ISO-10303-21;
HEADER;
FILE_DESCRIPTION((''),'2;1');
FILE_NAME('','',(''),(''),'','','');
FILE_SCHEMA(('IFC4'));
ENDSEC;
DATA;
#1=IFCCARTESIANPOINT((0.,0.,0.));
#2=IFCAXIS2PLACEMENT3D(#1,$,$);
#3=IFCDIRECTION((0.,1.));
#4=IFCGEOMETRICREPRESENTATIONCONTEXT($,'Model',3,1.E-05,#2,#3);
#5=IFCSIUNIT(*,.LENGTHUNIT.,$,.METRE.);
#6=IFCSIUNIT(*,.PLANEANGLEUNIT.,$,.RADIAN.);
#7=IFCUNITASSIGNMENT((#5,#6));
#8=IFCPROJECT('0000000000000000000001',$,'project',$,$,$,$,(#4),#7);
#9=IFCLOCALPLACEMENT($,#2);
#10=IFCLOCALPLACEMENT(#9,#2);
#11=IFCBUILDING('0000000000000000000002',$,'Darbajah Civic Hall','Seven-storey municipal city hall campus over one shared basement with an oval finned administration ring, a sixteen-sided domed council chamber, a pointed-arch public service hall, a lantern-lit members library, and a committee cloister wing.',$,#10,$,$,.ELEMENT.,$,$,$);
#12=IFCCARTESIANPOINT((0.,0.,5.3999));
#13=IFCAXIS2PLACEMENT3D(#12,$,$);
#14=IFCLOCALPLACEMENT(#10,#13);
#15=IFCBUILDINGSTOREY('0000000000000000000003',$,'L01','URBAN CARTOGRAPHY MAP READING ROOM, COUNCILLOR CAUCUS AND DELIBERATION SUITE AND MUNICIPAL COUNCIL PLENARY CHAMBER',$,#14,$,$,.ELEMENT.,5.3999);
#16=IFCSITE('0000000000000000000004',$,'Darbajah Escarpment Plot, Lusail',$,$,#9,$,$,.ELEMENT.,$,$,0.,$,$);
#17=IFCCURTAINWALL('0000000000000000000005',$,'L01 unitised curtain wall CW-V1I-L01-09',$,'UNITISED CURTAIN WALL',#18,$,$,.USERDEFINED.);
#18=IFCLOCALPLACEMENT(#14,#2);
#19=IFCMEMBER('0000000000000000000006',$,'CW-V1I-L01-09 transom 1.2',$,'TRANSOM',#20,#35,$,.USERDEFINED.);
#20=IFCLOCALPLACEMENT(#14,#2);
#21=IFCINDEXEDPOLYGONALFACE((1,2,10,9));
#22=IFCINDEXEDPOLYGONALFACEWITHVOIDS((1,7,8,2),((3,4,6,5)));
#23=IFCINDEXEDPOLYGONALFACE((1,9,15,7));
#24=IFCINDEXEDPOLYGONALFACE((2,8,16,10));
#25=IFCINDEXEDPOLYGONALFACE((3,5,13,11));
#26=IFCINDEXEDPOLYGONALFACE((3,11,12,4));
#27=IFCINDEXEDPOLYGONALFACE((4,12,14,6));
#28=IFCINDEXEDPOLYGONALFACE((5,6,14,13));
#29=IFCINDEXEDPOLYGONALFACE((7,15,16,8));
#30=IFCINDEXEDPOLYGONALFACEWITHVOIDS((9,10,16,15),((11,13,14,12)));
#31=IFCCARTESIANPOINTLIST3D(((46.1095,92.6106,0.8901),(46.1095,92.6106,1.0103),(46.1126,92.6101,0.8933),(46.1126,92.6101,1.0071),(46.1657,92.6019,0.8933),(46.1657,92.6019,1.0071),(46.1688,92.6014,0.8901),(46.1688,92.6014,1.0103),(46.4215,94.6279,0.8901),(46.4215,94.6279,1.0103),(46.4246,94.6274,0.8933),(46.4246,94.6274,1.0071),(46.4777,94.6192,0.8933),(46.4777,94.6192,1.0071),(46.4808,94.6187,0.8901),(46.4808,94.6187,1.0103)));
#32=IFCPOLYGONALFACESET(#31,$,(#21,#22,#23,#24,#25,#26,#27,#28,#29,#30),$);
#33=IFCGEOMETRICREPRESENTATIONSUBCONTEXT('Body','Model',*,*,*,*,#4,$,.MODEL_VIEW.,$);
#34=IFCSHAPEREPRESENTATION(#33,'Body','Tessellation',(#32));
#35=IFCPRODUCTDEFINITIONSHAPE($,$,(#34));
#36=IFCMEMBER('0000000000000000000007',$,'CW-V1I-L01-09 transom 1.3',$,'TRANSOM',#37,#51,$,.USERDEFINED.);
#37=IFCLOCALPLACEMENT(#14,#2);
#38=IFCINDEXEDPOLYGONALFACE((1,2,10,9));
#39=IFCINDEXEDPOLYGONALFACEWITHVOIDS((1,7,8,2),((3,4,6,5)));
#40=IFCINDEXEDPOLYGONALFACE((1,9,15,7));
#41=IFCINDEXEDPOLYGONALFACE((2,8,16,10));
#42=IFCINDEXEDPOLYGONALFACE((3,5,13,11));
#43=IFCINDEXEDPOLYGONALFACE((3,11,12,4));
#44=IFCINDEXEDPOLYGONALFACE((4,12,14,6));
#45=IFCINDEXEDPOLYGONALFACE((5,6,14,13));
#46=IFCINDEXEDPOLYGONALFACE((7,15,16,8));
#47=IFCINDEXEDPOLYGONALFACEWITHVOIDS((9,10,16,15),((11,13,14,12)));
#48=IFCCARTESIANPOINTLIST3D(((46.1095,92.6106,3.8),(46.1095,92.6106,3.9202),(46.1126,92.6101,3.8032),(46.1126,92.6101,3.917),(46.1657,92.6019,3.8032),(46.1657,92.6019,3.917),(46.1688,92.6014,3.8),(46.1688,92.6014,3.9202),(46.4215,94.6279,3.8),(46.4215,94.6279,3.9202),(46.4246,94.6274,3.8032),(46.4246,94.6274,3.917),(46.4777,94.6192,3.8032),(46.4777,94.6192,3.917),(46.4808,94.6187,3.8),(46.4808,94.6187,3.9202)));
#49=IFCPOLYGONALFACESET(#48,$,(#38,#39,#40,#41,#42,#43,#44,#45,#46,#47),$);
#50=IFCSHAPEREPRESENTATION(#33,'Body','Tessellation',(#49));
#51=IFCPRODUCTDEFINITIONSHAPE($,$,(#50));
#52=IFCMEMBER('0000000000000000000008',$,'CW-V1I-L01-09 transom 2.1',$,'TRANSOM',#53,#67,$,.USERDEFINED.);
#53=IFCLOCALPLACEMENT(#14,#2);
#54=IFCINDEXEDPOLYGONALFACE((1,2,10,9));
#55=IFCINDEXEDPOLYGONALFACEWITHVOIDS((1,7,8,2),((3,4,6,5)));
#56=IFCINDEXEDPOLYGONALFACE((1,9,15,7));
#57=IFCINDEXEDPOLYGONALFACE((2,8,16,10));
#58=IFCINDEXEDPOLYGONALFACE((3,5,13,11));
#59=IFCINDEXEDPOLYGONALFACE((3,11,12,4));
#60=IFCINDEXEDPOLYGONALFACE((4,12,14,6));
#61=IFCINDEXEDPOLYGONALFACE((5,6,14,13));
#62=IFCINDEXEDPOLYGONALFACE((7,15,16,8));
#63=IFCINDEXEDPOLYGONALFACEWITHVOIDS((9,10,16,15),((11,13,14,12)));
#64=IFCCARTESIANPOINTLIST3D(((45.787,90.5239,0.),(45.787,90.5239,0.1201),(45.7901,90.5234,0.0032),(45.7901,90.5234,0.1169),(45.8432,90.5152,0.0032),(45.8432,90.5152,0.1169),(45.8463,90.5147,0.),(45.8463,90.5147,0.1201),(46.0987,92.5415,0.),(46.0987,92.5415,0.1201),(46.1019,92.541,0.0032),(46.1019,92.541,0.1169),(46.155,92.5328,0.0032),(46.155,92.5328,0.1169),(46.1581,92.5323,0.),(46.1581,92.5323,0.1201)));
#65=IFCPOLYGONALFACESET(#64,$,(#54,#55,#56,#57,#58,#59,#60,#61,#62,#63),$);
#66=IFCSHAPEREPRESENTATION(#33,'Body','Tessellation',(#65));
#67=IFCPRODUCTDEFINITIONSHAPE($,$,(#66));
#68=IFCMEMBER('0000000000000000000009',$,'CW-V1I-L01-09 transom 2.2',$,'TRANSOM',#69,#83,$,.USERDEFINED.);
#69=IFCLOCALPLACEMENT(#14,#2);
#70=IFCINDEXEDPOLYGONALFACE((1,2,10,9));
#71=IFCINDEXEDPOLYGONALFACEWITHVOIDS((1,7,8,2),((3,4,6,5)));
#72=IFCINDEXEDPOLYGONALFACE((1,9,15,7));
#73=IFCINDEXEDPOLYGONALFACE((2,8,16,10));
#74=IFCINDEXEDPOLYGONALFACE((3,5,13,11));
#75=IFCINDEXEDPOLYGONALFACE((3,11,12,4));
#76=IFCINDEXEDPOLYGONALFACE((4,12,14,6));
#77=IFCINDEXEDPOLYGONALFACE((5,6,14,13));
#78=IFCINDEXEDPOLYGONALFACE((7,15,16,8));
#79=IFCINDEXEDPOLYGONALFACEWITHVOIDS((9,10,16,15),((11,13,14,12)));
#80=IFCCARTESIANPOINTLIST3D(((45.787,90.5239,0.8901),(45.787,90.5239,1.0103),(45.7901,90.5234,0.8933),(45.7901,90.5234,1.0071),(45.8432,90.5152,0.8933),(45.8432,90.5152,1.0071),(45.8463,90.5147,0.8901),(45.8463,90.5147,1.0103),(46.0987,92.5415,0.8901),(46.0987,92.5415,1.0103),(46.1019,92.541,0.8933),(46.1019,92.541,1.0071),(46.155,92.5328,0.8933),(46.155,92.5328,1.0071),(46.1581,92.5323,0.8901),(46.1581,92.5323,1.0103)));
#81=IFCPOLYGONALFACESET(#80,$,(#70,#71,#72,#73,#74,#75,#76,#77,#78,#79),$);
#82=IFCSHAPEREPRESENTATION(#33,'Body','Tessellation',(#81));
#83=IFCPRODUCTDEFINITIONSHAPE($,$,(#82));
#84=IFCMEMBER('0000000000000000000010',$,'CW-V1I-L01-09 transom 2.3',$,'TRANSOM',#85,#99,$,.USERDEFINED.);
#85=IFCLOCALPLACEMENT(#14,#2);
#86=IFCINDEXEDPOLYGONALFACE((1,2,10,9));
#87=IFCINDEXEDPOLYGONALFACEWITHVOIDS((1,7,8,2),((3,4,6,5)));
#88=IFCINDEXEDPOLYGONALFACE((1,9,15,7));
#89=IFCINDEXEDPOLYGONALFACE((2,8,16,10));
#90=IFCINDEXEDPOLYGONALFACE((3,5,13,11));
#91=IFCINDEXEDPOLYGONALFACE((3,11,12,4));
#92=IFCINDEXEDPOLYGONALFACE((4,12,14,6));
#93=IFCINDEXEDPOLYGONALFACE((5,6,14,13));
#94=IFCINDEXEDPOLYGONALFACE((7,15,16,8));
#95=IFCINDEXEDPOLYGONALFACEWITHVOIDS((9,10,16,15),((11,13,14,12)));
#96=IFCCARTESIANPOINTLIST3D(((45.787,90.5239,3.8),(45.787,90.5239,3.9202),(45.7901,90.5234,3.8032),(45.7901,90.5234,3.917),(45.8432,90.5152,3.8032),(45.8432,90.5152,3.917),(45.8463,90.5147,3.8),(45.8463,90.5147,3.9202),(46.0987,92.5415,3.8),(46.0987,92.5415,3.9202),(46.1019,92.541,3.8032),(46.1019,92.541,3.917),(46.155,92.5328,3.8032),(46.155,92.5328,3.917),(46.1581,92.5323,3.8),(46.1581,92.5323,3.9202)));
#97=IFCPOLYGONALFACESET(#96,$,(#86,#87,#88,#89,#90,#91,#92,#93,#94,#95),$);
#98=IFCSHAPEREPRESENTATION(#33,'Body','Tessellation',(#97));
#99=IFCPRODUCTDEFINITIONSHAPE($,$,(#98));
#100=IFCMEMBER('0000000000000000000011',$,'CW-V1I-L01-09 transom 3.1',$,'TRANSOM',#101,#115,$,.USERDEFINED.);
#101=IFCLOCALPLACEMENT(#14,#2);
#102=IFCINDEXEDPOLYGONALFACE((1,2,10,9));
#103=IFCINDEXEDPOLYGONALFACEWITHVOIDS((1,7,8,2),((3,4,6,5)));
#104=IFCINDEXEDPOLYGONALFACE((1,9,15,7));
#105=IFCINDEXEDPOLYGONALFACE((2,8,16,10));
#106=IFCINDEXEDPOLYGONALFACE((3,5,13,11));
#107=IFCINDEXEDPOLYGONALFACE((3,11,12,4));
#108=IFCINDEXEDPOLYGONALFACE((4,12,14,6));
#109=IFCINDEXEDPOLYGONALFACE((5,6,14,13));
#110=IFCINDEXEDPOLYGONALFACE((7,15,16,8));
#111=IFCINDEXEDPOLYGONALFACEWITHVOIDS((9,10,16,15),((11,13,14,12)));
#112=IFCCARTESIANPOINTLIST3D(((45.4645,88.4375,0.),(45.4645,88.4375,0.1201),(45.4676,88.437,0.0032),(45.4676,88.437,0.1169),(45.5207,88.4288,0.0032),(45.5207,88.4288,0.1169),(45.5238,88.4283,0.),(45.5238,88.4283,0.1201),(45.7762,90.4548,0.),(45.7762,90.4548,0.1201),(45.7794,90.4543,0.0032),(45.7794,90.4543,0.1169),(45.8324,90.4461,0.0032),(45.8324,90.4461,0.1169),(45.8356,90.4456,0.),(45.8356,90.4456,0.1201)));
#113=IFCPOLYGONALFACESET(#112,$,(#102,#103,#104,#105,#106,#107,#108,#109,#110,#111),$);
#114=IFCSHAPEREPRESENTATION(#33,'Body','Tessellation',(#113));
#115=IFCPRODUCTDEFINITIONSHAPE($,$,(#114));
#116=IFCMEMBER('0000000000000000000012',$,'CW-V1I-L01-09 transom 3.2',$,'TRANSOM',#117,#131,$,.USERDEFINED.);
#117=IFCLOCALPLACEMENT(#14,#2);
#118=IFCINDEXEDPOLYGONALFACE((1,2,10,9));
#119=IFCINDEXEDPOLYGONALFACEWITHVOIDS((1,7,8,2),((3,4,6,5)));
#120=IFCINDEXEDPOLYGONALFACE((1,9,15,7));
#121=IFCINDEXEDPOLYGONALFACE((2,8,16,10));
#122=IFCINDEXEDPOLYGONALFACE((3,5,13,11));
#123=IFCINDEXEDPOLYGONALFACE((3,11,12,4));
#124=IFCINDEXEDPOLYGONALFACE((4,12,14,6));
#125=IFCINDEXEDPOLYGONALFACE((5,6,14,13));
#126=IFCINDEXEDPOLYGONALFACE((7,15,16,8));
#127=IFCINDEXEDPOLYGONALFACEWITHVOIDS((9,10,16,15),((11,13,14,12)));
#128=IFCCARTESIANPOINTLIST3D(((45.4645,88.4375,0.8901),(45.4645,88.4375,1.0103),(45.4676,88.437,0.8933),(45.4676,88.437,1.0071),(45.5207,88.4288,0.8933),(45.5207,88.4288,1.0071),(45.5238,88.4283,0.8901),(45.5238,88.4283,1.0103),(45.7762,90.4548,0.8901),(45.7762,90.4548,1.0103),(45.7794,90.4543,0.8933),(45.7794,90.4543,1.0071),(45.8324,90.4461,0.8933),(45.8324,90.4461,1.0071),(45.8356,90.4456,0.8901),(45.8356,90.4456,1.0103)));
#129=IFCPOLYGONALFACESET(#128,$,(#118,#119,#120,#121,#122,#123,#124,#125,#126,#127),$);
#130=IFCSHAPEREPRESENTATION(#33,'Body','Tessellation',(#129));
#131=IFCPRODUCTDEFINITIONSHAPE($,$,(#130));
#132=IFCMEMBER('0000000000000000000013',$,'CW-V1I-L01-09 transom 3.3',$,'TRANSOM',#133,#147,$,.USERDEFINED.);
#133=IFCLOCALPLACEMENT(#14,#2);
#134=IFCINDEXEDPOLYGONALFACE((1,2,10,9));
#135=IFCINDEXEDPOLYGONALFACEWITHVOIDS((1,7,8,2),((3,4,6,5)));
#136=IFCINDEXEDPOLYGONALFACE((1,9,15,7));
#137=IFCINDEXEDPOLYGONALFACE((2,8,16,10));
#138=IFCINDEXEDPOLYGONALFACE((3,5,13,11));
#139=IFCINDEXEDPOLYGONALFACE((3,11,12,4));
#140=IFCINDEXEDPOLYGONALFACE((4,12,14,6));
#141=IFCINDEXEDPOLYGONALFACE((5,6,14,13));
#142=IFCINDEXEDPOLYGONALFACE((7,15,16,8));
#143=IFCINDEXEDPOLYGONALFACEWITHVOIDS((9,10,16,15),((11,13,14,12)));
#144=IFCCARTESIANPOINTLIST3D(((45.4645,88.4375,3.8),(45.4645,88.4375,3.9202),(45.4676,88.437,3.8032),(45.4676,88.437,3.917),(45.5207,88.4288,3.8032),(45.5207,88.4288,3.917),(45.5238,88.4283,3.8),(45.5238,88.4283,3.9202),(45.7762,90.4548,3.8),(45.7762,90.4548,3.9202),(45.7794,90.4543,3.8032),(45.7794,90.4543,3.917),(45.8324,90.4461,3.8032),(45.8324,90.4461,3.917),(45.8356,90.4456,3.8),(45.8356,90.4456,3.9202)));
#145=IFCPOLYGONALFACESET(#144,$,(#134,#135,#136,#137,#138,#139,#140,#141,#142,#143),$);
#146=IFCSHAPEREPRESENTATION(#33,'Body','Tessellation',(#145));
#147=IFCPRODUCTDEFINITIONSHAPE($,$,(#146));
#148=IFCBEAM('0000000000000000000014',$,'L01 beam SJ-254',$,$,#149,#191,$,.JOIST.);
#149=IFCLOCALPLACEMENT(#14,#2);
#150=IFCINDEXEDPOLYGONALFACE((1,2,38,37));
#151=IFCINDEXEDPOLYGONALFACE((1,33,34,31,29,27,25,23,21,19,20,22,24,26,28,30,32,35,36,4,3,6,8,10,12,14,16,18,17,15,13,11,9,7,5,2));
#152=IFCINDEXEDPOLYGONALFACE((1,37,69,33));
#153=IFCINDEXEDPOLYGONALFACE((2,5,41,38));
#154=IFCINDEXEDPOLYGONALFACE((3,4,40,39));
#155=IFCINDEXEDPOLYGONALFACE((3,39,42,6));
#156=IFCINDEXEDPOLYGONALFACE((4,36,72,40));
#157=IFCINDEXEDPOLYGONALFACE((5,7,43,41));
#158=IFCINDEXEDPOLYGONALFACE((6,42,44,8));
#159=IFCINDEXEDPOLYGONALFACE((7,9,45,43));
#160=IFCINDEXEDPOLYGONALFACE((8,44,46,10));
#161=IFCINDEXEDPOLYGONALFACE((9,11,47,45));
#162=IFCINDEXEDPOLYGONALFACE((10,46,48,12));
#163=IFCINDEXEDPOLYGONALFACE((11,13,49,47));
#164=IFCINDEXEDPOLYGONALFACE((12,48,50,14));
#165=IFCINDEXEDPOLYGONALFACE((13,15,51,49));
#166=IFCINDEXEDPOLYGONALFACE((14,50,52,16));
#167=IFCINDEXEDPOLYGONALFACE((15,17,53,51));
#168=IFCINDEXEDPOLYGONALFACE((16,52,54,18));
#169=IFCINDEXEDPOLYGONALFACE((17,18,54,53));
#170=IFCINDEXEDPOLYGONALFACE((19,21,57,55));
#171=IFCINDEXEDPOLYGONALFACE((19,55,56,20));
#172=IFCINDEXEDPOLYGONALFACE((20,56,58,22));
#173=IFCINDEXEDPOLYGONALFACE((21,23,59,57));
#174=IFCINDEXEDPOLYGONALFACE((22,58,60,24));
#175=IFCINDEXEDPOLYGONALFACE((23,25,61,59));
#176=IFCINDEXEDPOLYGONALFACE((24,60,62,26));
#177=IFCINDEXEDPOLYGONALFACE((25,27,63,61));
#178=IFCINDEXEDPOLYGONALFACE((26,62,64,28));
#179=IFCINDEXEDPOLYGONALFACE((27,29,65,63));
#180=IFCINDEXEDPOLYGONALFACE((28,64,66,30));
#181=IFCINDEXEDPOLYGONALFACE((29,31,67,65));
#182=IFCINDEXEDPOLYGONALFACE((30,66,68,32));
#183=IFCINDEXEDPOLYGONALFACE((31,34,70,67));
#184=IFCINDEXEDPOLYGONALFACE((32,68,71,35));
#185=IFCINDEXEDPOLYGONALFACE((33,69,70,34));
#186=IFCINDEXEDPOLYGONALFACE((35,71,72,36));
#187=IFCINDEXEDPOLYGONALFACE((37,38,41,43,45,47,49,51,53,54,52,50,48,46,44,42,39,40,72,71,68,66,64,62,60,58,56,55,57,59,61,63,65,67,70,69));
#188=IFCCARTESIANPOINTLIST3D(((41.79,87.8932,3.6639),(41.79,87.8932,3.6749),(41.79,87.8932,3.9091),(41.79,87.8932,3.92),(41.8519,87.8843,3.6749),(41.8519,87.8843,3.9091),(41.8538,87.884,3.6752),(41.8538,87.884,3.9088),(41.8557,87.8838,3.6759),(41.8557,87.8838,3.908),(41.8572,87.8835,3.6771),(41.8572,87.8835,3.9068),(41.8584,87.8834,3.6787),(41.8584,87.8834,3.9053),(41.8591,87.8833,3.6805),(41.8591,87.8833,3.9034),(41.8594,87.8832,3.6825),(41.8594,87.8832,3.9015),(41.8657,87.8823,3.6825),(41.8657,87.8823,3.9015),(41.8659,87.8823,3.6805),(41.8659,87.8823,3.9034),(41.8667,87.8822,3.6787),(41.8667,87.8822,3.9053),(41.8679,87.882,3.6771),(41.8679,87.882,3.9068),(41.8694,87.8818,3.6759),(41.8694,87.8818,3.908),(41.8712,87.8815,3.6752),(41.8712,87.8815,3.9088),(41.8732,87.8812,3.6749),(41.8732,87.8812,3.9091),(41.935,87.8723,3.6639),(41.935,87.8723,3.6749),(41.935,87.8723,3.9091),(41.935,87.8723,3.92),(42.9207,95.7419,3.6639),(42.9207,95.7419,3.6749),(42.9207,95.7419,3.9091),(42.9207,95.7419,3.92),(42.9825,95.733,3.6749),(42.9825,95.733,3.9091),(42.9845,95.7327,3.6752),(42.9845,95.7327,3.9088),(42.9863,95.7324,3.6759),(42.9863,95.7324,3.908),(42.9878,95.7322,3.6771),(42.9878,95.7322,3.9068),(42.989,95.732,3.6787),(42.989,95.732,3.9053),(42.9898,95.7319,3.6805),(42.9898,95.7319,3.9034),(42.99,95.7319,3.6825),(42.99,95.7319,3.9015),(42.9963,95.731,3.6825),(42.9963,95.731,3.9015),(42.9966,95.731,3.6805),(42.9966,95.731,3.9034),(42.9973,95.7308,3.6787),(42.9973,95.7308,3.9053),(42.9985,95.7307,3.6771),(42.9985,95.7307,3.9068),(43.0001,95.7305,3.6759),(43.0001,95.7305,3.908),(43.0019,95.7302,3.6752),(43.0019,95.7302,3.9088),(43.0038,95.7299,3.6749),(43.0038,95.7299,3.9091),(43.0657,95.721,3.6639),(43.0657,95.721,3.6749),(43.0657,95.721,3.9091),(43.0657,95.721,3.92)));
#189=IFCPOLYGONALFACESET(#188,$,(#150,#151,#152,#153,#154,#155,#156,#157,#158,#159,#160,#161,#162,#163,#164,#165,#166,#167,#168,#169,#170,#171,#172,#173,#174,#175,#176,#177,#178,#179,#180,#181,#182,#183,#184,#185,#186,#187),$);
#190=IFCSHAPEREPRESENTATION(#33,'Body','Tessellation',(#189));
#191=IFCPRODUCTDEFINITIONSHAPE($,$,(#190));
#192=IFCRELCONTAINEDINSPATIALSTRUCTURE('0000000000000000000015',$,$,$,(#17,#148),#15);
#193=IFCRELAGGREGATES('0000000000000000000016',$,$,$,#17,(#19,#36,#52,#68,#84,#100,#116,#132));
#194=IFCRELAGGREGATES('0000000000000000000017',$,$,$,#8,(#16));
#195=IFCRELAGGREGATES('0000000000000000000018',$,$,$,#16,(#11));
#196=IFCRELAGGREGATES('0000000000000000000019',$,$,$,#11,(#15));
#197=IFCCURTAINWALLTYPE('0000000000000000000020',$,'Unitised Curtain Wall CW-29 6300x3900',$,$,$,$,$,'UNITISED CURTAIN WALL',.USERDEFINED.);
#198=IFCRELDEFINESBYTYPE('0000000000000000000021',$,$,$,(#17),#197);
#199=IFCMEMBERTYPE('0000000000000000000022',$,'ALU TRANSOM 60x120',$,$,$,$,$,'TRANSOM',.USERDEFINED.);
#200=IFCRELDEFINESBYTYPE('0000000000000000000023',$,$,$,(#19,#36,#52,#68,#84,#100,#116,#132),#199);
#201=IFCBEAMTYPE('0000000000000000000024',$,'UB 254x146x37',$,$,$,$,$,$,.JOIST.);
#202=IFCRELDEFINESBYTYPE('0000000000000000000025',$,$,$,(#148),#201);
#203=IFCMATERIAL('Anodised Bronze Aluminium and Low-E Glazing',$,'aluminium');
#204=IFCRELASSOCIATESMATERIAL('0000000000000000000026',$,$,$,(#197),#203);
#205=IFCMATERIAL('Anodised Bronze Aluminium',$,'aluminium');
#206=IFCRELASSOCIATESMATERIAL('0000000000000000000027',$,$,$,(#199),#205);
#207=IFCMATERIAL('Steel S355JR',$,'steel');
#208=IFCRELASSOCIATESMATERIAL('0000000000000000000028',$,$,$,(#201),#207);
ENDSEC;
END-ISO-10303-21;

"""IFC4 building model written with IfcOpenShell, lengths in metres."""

from ifc_helpers import new_model, si_unit, direction, frame, origin, origin_2d, place, context, subcontext, project, spatial, hollow_rectangle, i_section, extrude, material, material_profile, profile_set, type_object, element, aggregate, save


model = new_model("IFC4")

# Units and contexts
model_context = context("Model", 3, precision=1e-05, world=origin(), true_north=direction((0.0, 1.0)))
body_context = subcontext(model_context, "Body", "Model", "MODEL_VIEW")
ifc_project = project(units=[si_unit("LENGTHUNIT", "METRE"), si_unit("PLANEANGLEUNIT", "RADIAN")], contexts=[model_context])

# Site, building, storey
site_placement = place(None, origin())
site = spatial("IfcSite", under=ifc_project, at=site_placement, Name="Darbajah Escarpment Plot, Lusail", CompositionType="ELEMENT", RefElevation=0.0)
building_placement = place(site_placement, origin())
building = spatial("IfcBuilding", under=site, at=building_placement, Name="Darbajah Civic Hall", Description="Seven-storey municipal city hall campus over one shared basement with an oval finned administration ring, a sixteen-sided domed council chamber, a pointed-arch public service hall, a lantern-lit members library, and a committee cloister wing.", CompositionType="ELEMENT")
storey_placement = place(building_placement, frame((0.0, 0.0, 5.3999)))
storey = spatial("IfcBuildingStorey", under=building, at=storey_placement, Name="L01", Description="URBAN CARTOGRAPHY MAP READING ROOM, COUNCILLOR CAUCUS AND DELIBERATION SUITE AND MUNICIPAL COUNCIL PLENARY CHAMBER", CompositionType="ELEMENT", Elevation=5.3999)

# Shared definitions
ifc_material_1 = material(Name="Anodised Bronze Aluminium and Low-E Glazing", Category="aluminium")
ifc_material_2 = material(Name="Anodised Bronze Aluminium", Category="aluminium")

# Curtain wall
curtain_wall_type_1 = type_object("IfcCurtainWallType", Name="Unitised Curtain Wall CW-29 6300x3900", ElementType="UNITISED CURTAIN WALL", PredefinedType="USERDEFINED", material=ifc_material_1)
curtain_wall_1_placement = place(storey_placement, origin())
curtain_wall_1 = element("IfcCurtainWall", 1, at=curtain_wall_1_placement, inside=storey, type_object=curtain_wall_type_1, Name="L01 unitised curtain wall CW-V1I-L01-09", ObjectType="UNITISED CURTAIN WALL", PredefinedType="USERDEFINED")

# Members
ifc_material_profile_1 = material_profile(ifc_material_2, hollow_rectangle(XDim=0.0601, YDim=0.1201, WallThickness=0.0032, at=origin_2d()), Name="ALU TRANSOM 60x120")
ifc_profile_set_1 = profile_set([ifc_material_profile_1], Name="Anodised Bronze Aluminium")
member_type_1 = type_object("IfcMemberType", Name="ALU TRANSOM 60x120", ElementType="TRANSOM", PredefinedType="USERDEFINED", material=ifc_profile_set_1)
member_1_placement = place(storey_placement, frame((46.4512, 94.6233, 0.9502), z_axis=(-0.152848, -0.98825, 0.0), x_axis=(0.98825, -0.152848, 0.0)))
member_1 = element("IfcMember", 2, at=member_1_placement, type_object=member_type_1, Name="CW-V1I-L01-09 transom 1.2", ObjectType="TRANSOM", PredefinedType="USERDEFINED", context=body_context, shape_type="SweptSolid", body=[
    extrude(hollow_rectangle(XDim=0.0601, YDim=0.1201, WallThickness=0.0032, at=origin_2d()), origin(), (0.0, 0.0, 1.0), 2.0413),
])
member_2_placement = place(storey_placement, frame((46.4512, 94.6233, 3.8601), z_axis=(-0.152848, -0.98825, 0.0), x_axis=(0.98825, -0.152848, 0.0)))
member_2 = element("IfcMember", 3, at=member_2_placement, type_object=member_type_1, Name="CW-V1I-L01-09 transom 1.3", ObjectType="TRANSOM", PredefinedType="USERDEFINED", context=body_context, shape_type="SweptSolid", body=[
    extrude(hollow_rectangle(XDim=0.0601, YDim=0.1201, WallThickness=0.0032, at=origin_2d()), origin(), (0.0, 0.0, 1.0), 2.0413),
])
member_3_placement = place(storey_placement, frame((46.1284, 92.5369, 0.0601), z_axis=(-0.152713, -0.988271, 0.0), x_axis=(0.988271, -0.152713, 0.0)))
member_3 = element("IfcMember", 4, at=member_3_placement, type_object=member_type_1, Name="CW-V1I-L01-09 transom 2.1", ObjectType="TRANSOM", PredefinedType="USERDEFINED", context=body_context, shape_type="SweptSolid", body=[
    extrude(hollow_rectangle(XDim=0.0601, YDim=0.1201, WallThickness=0.0032, at=origin_2d()), origin(), (0.0, 0.0, 1.0), 2.0415),
])
member_4_placement = place(storey_placement, frame((46.1284, 92.5369, 0.9502), z_axis=(-0.152713, -0.988271, 0.0), x_axis=(0.988271, -0.152713, 0.0)))
member_4 = element("IfcMember", 5, at=member_4_placement, type_object=member_type_1, Name="CW-V1I-L01-09 transom 2.2", ObjectType="TRANSOM", PredefinedType="USERDEFINED", context=body_context, shape_type="SweptSolid", body=[
    extrude(hollow_rectangle(XDim=0.0601, YDim=0.1201, WallThickness=0.0032, at=origin_2d()), origin(), (0.0, 0.0, 1.0), 2.0415),
])
member_5_placement = place(storey_placement, frame((46.1284, 92.5369, 3.8601), z_axis=(-0.152713, -0.988271, 0.0), x_axis=(0.988271, -0.152713, 0.0)))
member_5 = element("IfcMember", 6, at=member_5_placement, type_object=member_type_1, Name="CW-V1I-L01-09 transom 2.3", ObjectType="TRANSOM", PredefinedType="USERDEFINED", context=body_context, shape_type="SweptSolid", body=[
    extrude(hollow_rectangle(XDim=0.0601, YDim=0.1201, WallThickness=0.0032, at=origin_2d()), origin(), (0.0, 0.0, 1.0), 2.0415),
])
member_6_placement = place(storey_placement, frame((45.8059, 90.4502, 0.0601), z_axis=(-0.152731, -0.988268, 0.0), x_axis=(0.988268, -0.152731, 0.0)))
member_6 = element("IfcMember", 7, at=member_6_placement, type_object=member_type_1, Name="CW-V1I-L01-09 transom 3.1", ObjectType="TRANSOM", PredefinedType="USERDEFINED", context=body_context, shape_type="SweptSolid", body=[
    extrude(hollow_rectangle(XDim=0.0601, YDim=0.1201, WallThickness=0.0032, at=origin_2d()), origin(), (0.0, 0.0, 1.0), 2.0413),
])
member_7_placement = place(storey_placement, frame((45.8059, 90.4502, 0.9502), z_axis=(-0.152731, -0.988268, 0.0), x_axis=(0.988268, -0.152731, 0.0)))
member_7 = element("IfcMember", 8, at=member_7_placement, type_object=member_type_1, Name="CW-V1I-L01-09 transom 3.2", ObjectType="TRANSOM", PredefinedType="USERDEFINED", context=body_context, shape_type="SweptSolid", body=[
    extrude(hollow_rectangle(XDim=0.0601, YDim=0.1201, WallThickness=0.0032, at=origin_2d()), origin(), (0.0, 0.0, 1.0), 2.0413),
])
member_8_placement = place(storey_placement, frame((45.8059, 90.4502, 3.8601), z_axis=(-0.152731, -0.988268, 0.0), x_axis=(0.988268, -0.152731, 0.0)))
member_8 = element("IfcMember", 9, at=member_8_placement, type_object=member_type_1, Name="CW-V1I-L01-09 transom 3.3", ObjectType="TRANSOM", PredefinedType="USERDEFINED", context=body_context, shape_type="SweptSolid", body=[
    extrude(hollow_rectangle(XDim=0.0601, YDim=0.1201, WallThickness=0.0032, at=origin_2d()), origin(), (0.0, 0.0, 1.0), 2.0413),
])

# Beam
ifc_material_3 = material(Name="Steel S355JR", Category="steel")
ifc_material_profile_2 = material_profile(ifc_material_3, i_section(OverallWidth=0.1465, OverallDepth=0.2561, WebThickness=0.0063, FlangeThickness=0.011, FilletRadius=0.0076, at=origin_2d()), Name="UB 254x146x37")
ifc_profile_set_2 = profile_set([ifc_material_profile_2], Name="Steel S355JR")
beam_type_1 = type_object("IfcBeamType", Name="UB 254x146x37", PredefinedType="JOIST", material=ifc_profile_set_2)
beam_1_placement = place(storey_placement, frame((42.9932, 95.7314, 3.792), z_axis=(-0.142581, -0.989783, 0.0), x_axis=(0.989783, -0.142581, 0.0)))
element("IfcBeam", 10, at=beam_1_placement, inside=storey, type_object=beam_type_1, Name="L01 beam SJ-254", PredefinedType="JOIST", context=body_context, shape_type="SweptSolid", body=[
    extrude(i_section(OverallWidth=0.1465, OverallDepth=0.2561, WebThickness=0.0063, FlangeThickness=0.011, FilletRadius=0.0076, at=origin_2d()), origin(), (0.0, 0.0, 1.0), 7.9297),
])

aggregate(curtain_wall_1, [member_1, member_2, member_3, member_4, member_5, member_6, member_7, member_8])

save(model, "model.ifc")
